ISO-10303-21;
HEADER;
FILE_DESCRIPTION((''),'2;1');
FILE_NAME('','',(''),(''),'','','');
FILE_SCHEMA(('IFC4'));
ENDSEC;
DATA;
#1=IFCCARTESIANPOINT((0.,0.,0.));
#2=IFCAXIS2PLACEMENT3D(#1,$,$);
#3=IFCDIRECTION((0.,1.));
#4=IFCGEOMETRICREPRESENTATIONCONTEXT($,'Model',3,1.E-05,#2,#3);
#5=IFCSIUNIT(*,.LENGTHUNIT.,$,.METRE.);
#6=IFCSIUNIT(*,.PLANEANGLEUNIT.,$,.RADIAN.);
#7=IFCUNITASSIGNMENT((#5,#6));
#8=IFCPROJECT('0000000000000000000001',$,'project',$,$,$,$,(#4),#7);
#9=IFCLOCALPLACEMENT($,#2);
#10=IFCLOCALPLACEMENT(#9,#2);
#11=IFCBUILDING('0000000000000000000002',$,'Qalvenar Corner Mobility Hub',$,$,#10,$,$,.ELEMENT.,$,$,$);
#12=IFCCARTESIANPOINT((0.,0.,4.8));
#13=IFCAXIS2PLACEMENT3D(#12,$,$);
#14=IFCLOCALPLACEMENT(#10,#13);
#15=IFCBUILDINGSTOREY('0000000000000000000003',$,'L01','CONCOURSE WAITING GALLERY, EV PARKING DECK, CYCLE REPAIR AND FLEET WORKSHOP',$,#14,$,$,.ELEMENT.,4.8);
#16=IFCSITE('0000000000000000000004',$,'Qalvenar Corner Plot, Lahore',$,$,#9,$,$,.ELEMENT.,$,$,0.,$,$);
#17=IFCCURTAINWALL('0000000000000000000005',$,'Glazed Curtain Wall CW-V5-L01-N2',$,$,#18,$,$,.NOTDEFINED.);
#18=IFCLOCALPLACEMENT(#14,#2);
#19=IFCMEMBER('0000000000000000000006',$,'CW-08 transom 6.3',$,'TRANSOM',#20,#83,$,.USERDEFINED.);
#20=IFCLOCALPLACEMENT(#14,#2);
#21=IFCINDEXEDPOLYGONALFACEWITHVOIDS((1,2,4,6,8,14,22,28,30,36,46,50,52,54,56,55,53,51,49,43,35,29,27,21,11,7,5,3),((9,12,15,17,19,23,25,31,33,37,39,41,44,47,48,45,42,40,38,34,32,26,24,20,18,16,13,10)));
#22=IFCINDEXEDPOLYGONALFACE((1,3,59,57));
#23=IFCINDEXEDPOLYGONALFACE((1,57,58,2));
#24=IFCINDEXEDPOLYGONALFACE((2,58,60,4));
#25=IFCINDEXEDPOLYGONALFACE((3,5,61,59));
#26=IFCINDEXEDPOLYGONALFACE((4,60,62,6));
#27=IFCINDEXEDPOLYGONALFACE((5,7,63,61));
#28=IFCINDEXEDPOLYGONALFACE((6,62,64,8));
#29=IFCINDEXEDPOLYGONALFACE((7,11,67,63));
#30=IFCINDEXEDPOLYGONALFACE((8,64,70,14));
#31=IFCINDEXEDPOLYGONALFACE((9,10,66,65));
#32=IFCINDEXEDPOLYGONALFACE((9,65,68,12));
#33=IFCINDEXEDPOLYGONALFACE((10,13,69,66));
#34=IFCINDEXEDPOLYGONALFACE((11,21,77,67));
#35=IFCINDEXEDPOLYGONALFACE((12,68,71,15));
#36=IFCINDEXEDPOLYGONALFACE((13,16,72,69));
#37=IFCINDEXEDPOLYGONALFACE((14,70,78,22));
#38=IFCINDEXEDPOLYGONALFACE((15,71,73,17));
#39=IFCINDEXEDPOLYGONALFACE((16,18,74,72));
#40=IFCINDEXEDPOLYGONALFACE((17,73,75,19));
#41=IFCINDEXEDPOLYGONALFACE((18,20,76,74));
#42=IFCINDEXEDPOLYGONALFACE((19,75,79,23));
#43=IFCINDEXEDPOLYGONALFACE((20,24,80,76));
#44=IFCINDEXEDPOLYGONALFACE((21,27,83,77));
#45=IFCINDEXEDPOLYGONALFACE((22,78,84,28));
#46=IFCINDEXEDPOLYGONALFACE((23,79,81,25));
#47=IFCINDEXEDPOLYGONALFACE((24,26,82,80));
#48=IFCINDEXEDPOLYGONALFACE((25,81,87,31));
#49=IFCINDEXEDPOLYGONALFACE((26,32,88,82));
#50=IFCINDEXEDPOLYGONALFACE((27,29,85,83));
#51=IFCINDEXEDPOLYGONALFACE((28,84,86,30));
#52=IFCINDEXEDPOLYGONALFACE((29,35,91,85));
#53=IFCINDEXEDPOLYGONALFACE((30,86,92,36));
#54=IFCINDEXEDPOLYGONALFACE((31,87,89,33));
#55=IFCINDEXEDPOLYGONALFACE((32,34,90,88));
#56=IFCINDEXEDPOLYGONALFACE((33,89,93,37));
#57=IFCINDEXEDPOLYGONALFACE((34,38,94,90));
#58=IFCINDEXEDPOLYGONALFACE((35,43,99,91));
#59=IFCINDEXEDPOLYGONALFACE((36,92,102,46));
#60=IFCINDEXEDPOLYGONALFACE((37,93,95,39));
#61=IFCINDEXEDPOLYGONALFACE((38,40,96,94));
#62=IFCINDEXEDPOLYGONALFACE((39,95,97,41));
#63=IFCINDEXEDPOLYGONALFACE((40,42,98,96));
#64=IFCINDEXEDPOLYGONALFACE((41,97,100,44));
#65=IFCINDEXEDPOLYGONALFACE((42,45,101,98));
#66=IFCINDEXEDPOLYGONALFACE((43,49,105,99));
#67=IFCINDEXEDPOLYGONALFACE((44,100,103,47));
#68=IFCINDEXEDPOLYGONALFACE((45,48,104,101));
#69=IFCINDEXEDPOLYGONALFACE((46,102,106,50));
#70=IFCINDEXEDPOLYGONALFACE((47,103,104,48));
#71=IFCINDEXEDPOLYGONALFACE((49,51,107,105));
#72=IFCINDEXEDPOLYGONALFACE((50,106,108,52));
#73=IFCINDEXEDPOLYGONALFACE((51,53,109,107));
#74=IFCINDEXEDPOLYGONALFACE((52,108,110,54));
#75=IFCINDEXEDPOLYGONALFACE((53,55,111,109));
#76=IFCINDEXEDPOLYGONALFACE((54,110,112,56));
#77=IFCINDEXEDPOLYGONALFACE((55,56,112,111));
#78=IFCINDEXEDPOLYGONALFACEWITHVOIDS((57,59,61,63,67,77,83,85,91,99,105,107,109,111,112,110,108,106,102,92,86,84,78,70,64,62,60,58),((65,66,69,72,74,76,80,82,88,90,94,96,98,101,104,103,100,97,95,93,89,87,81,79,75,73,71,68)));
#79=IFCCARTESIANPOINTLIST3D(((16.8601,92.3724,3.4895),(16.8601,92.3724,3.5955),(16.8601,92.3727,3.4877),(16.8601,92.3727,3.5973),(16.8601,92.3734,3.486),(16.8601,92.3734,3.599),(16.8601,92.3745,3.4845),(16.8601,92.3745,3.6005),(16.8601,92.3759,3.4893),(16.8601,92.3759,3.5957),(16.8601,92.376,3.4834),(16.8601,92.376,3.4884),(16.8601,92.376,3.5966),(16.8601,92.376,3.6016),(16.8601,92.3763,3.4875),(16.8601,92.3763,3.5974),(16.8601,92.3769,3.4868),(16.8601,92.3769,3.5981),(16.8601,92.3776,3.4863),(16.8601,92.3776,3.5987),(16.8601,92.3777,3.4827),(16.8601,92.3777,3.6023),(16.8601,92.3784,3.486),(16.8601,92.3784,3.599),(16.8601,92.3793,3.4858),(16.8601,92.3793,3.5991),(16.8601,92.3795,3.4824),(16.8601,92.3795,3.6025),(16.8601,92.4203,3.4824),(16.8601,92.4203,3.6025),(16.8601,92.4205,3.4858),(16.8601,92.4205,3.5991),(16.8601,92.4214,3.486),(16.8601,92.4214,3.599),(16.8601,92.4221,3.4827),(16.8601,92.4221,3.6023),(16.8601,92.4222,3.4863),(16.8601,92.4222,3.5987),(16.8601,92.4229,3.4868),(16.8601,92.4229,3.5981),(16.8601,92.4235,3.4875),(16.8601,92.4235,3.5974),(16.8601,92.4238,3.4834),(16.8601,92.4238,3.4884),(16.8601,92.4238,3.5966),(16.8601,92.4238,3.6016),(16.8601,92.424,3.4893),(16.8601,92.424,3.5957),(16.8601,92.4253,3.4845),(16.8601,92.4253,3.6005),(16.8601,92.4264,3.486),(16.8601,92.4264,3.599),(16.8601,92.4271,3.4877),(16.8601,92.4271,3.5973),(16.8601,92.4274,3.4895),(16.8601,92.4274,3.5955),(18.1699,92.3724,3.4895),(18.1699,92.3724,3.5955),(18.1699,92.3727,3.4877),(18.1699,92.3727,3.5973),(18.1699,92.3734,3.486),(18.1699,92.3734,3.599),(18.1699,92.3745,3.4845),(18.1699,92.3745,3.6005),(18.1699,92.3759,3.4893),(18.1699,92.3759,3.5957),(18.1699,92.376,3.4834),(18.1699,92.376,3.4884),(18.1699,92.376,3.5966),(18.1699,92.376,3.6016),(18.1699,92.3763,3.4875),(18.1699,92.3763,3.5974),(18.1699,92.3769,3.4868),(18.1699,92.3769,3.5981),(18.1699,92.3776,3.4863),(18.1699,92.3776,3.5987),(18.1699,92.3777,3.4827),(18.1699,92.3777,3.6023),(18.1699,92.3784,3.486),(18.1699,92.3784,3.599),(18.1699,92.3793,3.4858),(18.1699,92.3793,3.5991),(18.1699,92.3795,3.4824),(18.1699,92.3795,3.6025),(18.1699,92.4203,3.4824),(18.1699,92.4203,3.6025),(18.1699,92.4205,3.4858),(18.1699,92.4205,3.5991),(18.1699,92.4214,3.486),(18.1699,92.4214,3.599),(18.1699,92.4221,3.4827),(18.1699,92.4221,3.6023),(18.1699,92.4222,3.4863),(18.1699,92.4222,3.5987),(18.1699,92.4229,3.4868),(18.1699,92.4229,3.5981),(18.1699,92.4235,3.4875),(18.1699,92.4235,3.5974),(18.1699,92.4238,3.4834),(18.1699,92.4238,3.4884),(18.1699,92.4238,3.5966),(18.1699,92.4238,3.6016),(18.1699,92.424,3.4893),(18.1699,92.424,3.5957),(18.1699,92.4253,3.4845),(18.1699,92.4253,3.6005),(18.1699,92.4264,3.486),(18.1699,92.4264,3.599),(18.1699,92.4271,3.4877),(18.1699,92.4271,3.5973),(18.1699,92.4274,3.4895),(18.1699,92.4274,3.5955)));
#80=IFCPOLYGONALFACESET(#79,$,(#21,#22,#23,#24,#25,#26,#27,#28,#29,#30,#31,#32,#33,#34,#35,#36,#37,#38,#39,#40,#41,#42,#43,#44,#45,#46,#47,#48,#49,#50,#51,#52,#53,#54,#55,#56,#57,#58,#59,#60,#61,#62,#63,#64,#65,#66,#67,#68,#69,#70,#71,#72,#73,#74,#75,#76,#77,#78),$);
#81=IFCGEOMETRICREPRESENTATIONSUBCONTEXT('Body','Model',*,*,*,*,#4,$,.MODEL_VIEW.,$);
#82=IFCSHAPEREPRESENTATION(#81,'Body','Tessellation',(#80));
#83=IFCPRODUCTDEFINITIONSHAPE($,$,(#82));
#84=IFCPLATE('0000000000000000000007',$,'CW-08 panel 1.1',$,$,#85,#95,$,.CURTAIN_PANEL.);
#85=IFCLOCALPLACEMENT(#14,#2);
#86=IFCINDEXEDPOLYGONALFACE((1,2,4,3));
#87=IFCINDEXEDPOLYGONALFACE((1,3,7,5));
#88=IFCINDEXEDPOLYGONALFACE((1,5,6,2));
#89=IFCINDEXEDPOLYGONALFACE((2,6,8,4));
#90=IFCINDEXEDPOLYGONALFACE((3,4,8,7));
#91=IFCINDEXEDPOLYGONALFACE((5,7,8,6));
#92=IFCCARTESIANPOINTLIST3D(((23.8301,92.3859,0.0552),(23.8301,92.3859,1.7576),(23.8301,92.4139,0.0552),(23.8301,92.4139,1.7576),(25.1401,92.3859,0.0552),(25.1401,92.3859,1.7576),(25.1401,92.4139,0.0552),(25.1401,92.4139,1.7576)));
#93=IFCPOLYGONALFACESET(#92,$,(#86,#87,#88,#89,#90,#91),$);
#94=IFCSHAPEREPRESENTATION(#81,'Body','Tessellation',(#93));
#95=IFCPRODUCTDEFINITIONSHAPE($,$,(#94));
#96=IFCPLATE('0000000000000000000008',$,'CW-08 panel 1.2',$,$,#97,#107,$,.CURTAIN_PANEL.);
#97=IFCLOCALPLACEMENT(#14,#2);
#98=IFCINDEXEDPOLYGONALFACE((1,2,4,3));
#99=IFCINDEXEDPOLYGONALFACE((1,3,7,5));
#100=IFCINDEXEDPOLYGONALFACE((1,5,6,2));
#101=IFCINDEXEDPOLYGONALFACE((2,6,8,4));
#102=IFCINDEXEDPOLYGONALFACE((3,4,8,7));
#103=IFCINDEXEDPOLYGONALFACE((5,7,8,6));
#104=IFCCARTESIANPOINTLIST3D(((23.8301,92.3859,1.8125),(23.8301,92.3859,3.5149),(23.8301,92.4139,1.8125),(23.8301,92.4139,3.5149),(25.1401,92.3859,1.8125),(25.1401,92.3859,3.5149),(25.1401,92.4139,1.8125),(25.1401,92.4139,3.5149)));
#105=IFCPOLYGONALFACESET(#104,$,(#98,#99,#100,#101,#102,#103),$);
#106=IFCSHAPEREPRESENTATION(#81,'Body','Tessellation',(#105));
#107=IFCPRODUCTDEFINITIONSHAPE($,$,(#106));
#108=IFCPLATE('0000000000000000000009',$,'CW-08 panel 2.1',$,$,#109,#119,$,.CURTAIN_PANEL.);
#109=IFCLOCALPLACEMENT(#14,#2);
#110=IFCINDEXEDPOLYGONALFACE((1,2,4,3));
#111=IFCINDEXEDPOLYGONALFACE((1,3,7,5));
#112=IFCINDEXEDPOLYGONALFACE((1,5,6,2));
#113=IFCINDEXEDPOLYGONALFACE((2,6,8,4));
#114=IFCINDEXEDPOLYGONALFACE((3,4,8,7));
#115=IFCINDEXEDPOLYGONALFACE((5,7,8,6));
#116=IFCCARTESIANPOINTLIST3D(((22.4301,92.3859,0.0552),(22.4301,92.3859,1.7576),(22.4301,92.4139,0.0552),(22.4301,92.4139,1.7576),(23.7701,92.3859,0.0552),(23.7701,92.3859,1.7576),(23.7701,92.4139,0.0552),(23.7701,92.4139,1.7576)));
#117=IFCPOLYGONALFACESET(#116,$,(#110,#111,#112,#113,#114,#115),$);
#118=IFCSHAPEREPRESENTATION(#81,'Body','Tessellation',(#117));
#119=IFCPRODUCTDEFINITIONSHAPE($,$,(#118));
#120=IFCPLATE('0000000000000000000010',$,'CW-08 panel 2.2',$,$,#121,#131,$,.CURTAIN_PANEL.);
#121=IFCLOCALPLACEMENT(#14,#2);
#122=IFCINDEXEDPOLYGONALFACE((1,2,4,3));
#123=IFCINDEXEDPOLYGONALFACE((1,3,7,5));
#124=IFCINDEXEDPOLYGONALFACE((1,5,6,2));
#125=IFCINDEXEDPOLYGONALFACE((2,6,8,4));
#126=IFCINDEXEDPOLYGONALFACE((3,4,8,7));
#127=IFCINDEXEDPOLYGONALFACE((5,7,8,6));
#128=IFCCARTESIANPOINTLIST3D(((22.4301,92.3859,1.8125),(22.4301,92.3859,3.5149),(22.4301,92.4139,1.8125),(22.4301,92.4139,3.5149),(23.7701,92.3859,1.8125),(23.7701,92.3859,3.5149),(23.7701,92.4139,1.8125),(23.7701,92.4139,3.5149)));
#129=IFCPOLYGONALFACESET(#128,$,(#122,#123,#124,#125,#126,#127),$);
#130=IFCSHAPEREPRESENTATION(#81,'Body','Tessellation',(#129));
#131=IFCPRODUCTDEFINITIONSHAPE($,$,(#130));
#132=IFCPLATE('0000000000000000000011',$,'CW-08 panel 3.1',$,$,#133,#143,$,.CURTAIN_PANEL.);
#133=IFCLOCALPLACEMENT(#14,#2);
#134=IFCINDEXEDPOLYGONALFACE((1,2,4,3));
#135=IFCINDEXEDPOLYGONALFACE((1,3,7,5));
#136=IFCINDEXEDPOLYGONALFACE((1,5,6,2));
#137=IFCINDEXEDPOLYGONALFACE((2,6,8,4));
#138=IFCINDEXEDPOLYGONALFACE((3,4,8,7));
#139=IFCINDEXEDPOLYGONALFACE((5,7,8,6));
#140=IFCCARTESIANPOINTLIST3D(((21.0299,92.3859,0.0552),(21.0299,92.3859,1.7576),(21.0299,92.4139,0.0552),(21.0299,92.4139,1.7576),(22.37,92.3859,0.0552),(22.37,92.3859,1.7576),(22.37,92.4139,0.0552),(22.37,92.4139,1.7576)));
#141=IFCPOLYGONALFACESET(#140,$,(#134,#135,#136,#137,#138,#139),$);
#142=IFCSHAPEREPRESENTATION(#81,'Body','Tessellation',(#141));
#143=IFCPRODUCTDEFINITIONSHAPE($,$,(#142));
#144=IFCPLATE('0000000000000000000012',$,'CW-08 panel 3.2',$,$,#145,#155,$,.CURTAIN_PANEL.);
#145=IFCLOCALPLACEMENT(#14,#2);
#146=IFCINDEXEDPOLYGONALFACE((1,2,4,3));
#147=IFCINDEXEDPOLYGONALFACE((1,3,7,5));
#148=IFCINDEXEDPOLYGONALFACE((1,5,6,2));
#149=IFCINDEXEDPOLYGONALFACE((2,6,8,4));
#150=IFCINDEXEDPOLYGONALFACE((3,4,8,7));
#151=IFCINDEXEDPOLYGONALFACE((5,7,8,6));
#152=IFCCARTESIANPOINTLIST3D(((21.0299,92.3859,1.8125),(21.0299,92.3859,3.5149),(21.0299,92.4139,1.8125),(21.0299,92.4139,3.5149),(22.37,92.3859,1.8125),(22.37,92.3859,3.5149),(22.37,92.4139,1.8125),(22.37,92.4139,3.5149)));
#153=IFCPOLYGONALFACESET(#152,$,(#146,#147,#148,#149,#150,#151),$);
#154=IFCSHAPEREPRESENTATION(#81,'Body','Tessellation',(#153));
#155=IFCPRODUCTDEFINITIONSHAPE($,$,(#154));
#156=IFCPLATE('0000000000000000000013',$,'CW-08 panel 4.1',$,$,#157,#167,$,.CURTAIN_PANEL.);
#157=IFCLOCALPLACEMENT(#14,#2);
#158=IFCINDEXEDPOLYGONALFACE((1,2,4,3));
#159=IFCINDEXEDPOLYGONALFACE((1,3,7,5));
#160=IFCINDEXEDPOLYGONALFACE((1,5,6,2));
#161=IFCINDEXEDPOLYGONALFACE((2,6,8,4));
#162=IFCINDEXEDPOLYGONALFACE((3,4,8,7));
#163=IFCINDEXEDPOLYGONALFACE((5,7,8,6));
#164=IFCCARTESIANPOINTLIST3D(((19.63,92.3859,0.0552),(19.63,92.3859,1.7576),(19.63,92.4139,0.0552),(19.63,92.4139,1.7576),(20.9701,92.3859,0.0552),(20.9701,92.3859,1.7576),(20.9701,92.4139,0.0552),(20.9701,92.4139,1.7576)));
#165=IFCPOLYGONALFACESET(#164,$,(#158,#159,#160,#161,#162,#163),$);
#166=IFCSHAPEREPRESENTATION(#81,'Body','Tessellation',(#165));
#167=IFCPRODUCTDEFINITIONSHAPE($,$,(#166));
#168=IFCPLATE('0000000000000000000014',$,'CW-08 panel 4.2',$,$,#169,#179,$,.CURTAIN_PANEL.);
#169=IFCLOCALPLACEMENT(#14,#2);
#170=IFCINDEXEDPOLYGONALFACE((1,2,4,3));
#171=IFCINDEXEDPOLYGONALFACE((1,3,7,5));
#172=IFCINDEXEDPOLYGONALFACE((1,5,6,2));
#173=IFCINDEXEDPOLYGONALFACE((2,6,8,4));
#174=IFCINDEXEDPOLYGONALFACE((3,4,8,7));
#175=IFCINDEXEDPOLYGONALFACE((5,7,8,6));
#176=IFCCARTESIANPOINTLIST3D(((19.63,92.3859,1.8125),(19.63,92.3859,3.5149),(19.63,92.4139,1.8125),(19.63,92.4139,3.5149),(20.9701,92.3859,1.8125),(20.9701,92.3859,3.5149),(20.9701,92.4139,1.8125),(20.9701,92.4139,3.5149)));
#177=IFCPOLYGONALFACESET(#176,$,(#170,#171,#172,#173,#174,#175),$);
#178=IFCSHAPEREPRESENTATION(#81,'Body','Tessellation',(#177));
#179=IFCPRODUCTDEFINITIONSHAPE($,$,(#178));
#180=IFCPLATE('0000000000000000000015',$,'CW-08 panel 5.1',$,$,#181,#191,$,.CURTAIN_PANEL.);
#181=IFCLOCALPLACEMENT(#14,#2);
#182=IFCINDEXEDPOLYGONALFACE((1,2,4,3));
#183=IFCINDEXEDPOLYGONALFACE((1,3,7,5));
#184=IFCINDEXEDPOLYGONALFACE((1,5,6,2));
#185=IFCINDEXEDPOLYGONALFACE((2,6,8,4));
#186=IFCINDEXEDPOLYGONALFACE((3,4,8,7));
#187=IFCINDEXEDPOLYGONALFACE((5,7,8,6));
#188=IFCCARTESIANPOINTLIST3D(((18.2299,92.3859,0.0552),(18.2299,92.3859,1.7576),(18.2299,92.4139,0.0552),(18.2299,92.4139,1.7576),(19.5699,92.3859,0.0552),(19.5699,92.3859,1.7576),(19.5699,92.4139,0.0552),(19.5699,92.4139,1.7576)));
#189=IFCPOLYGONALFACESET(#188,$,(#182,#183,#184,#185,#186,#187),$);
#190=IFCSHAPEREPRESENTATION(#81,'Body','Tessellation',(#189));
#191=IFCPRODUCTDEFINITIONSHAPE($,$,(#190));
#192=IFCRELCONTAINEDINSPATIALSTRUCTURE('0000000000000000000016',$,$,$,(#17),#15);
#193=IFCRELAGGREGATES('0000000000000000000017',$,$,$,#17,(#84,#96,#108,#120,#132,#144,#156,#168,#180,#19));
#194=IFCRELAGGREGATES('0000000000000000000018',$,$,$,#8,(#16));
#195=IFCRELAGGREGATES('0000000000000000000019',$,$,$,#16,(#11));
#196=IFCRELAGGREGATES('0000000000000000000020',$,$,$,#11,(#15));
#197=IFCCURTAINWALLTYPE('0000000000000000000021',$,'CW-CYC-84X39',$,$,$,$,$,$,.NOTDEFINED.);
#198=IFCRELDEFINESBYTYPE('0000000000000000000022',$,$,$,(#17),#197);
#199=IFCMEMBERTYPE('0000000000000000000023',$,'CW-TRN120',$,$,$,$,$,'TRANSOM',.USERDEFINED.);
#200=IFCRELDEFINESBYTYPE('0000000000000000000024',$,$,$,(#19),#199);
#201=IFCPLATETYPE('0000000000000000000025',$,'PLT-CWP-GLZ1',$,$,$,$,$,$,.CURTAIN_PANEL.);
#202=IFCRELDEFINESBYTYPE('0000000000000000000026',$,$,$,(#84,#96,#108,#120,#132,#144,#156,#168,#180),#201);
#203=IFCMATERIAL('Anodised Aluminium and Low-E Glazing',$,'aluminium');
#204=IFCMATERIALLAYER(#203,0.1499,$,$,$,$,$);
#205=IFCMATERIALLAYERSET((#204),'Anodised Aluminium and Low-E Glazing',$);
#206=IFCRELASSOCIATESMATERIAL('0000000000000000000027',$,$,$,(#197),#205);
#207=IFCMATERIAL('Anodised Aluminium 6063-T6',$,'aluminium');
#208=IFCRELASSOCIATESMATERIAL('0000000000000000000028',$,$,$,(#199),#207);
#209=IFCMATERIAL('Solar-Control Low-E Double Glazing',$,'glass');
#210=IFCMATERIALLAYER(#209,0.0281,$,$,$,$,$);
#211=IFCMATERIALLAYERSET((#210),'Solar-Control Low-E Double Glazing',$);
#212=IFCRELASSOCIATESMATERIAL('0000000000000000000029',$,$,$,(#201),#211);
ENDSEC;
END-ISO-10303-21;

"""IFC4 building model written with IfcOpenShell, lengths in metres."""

from ifc_helpers import new_model, si_unit, direction, frame, origin, origin_2d, place, context, subcontext, project, spatial, rectangle, hollow_rectangle, extrude, material, layer, layer_set, material_profile, profile_set, type_object, element, aggregate, save


model = new_model("IFC4")

# Units and contexts
model_context = context("Model", 3, precision=1e-05, world=origin(), true_north=direction((0.0, 1.0)))
body_context = subcontext(model_context, "Body", "Model", "MODEL_VIEW")
ifc_project = project(units=[si_unit("LENGTHUNIT", "METRE"), si_unit("PLANEANGLEUNIT", "RADIAN")], contexts=[model_context])

# Site, building, storey
site_placement = place(None, origin())
site = spatial("IfcSite", under=ifc_project, at=site_placement, Name="Qalvenar Corner Plot, Lahore", CompositionType="ELEMENT", RefElevation=0.0)
building_placement = place(site_placement, origin())
building = spatial("IfcBuilding", under=site, at=building_placement, Name="Qalvenar Corner Mobility Hub", CompositionType="ELEMENT")
storey_placement = place(building_placement, frame((0.0, 0.0, 4.8)))
storey = spatial("IfcBuildingStorey", under=building, at=storey_placement, Name="L01", Description="CONCOURSE WAITING GALLERY, EV PARKING DECK, CYCLE REPAIR AND FLEET WORKSHOP", CompositionType="ELEMENT", Elevation=4.8)

# Curtain wall, member, plates
ifc_material_1 = material(Name="Anodised Aluminium and Low-E Glazing", Category="aluminium")
ifc_layer_1 = layer(ifc_material_1, 0.1499)
ifc_layer_set_1 = layer_set([ifc_layer_1], Name="Anodised Aluminium and Low-E Glazing")
curtain_wall_type = type_object("IfcCurtainWallType", Name="CW-CYC-84X39", PredefinedType="NOTDEFINED", material=ifc_layer_set_1)
curtain_wall_placement = place(storey_placement, origin())
curtain_wall = element("IfcCurtainWall", 1, at=curtain_wall_placement, inside=storey, type_object=curtain_wall_type, Name="Glazed Curtain Wall CW-V5-L01-N2", PredefinedType="NOTDEFINED")
ifc_material_2 = material(Name="Anodised Aluminium 6063-T6", Category="aluminium")
ifc_material_profile_1 = material_profile(ifc_material_2, hollow_rectangle(XDim=0.0549, YDim=0.1201, WallThickness=0.0034, InnerFilletRadius=0.0034, OuterFilletRadius=0.0071, at=origin_2d()), Name="RHS120x55x3.5")
ifc_profile_set_1 = profile_set([ifc_material_profile_1], Name="Anodised Aluminium 6063-T6")
member_type_1 = type_object("IfcMemberType", Name="CW-TRN120", ElementType="TRANSOM", PredefinedType="USERDEFINED", material=ifc_profile_set_1)
member_1_placement = place(storey_placement, frame((18.1699, 92.3999, 3.5425), z_axis=(-1.0, 0.0, 0.0), x_axis=(0.0, -1.0, 0.0)))
member_1 = element("IfcMember", 2, at=member_1_placement, type_object=member_type_1, Name="CW-08 transom 6.3", ObjectType="TRANSOM", PredefinedType="USERDEFINED", context=body_context, shape_type="SweptSolid", body=[
    extrude(hollow_rectangle(XDim=0.0549, YDim=0.1201, WallThickness=0.0034, InnerFilletRadius=0.0034, OuterFilletRadius=0.0071, at=origin_2d()), origin(), (0.0, 0.0, 1.0), 1.3098),
])
ifc_material_3 = material(Name="Solar-Control Low-E Double Glazing", Category="glass")
ifc_layer_2 = layer(ifc_material_3, 0.0281)
ifc_layer_set_2 = layer_set([ifc_layer_2], Name="Solar-Control Low-E Double Glazing")
plate_type = type_object("IfcPlateType", Name="PLT-CWP-GLZ1", PredefinedType="CURTAIN_PANEL", material=ifc_layer_set_2)
plate_1_placement = place(storey_placement, frame((24.4851, 92.3999, 0.0552), z_axis=(0.0, 0.0, 1.0), x_axis=(-1.0, 0.0, 0.0)))
plate_1 = element("IfcPlate", 3, at=plate_1_placement, type_object=plate_type, Name="CW-08 panel 1.1", PredefinedType="CURTAIN_PANEL", context=body_context, shape_type="SweptSolid", body=[
    extrude(rectangle(XDim=1.3101, YDim=0.0281, at=origin_2d()), origin(), (0.0, 0.0, 1.0), 1.7024),
])
plate_2_placement = place(storey_placement, frame((24.4851, 92.3999, 1.8125), z_axis=(0.0, 0.0, 1.0), x_axis=(-1.0, 0.0, 0.0)))
plate_2 = element("IfcPlate", 4, at=plate_2_placement, type_object=plate_type, Name="CW-08 panel 1.2", PredefinedType="CURTAIN_PANEL", context=body_context, shape_type="SweptSolid", body=[
    extrude(rectangle(XDim=1.3101, YDim=0.0281, at=origin_2d()), origin(), (0.0, 0.0, 1.0), 1.7024),
])
plate_3_placement = place(storey_placement, frame((23.1001, 92.3999, 0.0552), z_axis=(0.0, 0.0, 1.0), x_axis=(-1.0, 0.0, 0.0)))
plate_3 = element("IfcPlate", 5, at=plate_3_placement, type_object=plate_type, Name="CW-08 panel 2.1", PredefinedType="CURTAIN_PANEL", context=body_context, shape_type="SweptSolid", body=[
    extrude(rectangle(XDim=1.3401, YDim=0.0281, at=origin_2d()), origin(), (0.0, 0.0, 1.0), 1.7024),
])
plate_4_placement = place(storey_placement, frame((23.1001, 92.3999, 1.8125), z_axis=(0.0, 0.0, 1.0), x_axis=(-1.0, 0.0, 0.0)))
plate_4 = element("IfcPlate", 6, at=plate_4_placement, type_object=plate_type, Name="CW-08 panel 2.2", PredefinedType="CURTAIN_PANEL", context=body_context, shape_type="SweptSolid", body=[
    extrude(rectangle(XDim=1.3401, YDim=0.0281, at=origin_2d()), origin(), (0.0, 0.0, 1.0), 1.7024),
])
plate_5_placement = place(storey_placement, frame((21.7, 92.3999, 0.0552), z_axis=(0.0, 0.0, 1.0), x_axis=(-1.0, 0.0, 0.0)))
plate_5 = element("IfcPlate", 7, at=plate_5_placement, type_object=plate_type, Name="CW-08 panel 3.1", PredefinedType="CURTAIN_PANEL", context=body_context, shape_type="SweptSolid", body=[
    extrude(rectangle(XDim=1.3401, YDim=0.0281, at=origin_2d()), origin(), (0.0, 0.0, 1.0), 1.7024),
])
plate_6_placement = place(storey_placement, frame((21.7, 92.3999, 1.8125), z_axis=(0.0, 0.0, 1.0), x_axis=(-1.0, 0.0, 0.0)))
plate_6 = element("IfcPlate", 8, at=plate_6_placement, type_object=plate_type, Name="CW-08 panel 3.2", PredefinedType="CURTAIN_PANEL", context=body_context, shape_type="SweptSolid", body=[
    extrude(rectangle(XDim=1.3401, YDim=0.0281, at=origin_2d()), origin(), (0.0, 0.0, 1.0), 1.7024),
])
plate_7_placement = place(storey_placement, frame((20.3, 92.3999, 0.0552), z_axis=(0.0, 0.0, 1.0), x_axis=(-1.0, 0.0, 0.0)))
plate_7 = element("IfcPlate", 9, at=plate_7_placement, type_object=plate_type, Name="CW-08 panel 4.1", PredefinedType="CURTAIN_PANEL", context=body_context, shape_type="SweptSolid", body=[
    extrude(rectangle(XDim=1.3401, YDim=0.0281, at=origin_2d()), origin(), (0.0, 0.0, 1.0), 1.7024),
])
plate_8_placement = place(storey_placement, frame((20.3, 92.3999, 1.8125), z_axis=(0.0, 0.0, 1.0), x_axis=(-1.0, 0.0, 0.0)))
plate_8 = element("IfcPlate", 10, at=plate_8_placement, type_object=plate_type, Name="CW-08 panel 4.2", PredefinedType="CURTAIN_PANEL", context=body_context, shape_type="SweptSolid", body=[
    extrude(rectangle(XDim=1.3401, YDim=0.0281, at=origin_2d()), origin(), (0.0, 0.0, 1.0), 1.7024),
])
plate_9_placement = place(storey_placement, frame((18.8999, 92.3999, 0.0552), z_axis=(0.0, 0.0, 1.0), x_axis=(-1.0, 0.0, 0.0)))
plate_9 = element("IfcPlate", 11, at=plate_9_placement, type_object=plate_type, Name="CW-08 panel 5.1", PredefinedType="CURTAIN_PANEL", context=body_context, shape_type="SweptSolid", body=[
    extrude(rectangle(XDim=1.3401, YDim=0.0281, at=origin_2d()), origin(), (0.0, 0.0, 1.0), 1.7024),
])
aggregate(curtain_wall, [plate_1, plate_2, plate_3, plate_4, plate_5, plate_6, plate_7, plate_8, plate_9, member_1])

save(model, "model.ifc")
